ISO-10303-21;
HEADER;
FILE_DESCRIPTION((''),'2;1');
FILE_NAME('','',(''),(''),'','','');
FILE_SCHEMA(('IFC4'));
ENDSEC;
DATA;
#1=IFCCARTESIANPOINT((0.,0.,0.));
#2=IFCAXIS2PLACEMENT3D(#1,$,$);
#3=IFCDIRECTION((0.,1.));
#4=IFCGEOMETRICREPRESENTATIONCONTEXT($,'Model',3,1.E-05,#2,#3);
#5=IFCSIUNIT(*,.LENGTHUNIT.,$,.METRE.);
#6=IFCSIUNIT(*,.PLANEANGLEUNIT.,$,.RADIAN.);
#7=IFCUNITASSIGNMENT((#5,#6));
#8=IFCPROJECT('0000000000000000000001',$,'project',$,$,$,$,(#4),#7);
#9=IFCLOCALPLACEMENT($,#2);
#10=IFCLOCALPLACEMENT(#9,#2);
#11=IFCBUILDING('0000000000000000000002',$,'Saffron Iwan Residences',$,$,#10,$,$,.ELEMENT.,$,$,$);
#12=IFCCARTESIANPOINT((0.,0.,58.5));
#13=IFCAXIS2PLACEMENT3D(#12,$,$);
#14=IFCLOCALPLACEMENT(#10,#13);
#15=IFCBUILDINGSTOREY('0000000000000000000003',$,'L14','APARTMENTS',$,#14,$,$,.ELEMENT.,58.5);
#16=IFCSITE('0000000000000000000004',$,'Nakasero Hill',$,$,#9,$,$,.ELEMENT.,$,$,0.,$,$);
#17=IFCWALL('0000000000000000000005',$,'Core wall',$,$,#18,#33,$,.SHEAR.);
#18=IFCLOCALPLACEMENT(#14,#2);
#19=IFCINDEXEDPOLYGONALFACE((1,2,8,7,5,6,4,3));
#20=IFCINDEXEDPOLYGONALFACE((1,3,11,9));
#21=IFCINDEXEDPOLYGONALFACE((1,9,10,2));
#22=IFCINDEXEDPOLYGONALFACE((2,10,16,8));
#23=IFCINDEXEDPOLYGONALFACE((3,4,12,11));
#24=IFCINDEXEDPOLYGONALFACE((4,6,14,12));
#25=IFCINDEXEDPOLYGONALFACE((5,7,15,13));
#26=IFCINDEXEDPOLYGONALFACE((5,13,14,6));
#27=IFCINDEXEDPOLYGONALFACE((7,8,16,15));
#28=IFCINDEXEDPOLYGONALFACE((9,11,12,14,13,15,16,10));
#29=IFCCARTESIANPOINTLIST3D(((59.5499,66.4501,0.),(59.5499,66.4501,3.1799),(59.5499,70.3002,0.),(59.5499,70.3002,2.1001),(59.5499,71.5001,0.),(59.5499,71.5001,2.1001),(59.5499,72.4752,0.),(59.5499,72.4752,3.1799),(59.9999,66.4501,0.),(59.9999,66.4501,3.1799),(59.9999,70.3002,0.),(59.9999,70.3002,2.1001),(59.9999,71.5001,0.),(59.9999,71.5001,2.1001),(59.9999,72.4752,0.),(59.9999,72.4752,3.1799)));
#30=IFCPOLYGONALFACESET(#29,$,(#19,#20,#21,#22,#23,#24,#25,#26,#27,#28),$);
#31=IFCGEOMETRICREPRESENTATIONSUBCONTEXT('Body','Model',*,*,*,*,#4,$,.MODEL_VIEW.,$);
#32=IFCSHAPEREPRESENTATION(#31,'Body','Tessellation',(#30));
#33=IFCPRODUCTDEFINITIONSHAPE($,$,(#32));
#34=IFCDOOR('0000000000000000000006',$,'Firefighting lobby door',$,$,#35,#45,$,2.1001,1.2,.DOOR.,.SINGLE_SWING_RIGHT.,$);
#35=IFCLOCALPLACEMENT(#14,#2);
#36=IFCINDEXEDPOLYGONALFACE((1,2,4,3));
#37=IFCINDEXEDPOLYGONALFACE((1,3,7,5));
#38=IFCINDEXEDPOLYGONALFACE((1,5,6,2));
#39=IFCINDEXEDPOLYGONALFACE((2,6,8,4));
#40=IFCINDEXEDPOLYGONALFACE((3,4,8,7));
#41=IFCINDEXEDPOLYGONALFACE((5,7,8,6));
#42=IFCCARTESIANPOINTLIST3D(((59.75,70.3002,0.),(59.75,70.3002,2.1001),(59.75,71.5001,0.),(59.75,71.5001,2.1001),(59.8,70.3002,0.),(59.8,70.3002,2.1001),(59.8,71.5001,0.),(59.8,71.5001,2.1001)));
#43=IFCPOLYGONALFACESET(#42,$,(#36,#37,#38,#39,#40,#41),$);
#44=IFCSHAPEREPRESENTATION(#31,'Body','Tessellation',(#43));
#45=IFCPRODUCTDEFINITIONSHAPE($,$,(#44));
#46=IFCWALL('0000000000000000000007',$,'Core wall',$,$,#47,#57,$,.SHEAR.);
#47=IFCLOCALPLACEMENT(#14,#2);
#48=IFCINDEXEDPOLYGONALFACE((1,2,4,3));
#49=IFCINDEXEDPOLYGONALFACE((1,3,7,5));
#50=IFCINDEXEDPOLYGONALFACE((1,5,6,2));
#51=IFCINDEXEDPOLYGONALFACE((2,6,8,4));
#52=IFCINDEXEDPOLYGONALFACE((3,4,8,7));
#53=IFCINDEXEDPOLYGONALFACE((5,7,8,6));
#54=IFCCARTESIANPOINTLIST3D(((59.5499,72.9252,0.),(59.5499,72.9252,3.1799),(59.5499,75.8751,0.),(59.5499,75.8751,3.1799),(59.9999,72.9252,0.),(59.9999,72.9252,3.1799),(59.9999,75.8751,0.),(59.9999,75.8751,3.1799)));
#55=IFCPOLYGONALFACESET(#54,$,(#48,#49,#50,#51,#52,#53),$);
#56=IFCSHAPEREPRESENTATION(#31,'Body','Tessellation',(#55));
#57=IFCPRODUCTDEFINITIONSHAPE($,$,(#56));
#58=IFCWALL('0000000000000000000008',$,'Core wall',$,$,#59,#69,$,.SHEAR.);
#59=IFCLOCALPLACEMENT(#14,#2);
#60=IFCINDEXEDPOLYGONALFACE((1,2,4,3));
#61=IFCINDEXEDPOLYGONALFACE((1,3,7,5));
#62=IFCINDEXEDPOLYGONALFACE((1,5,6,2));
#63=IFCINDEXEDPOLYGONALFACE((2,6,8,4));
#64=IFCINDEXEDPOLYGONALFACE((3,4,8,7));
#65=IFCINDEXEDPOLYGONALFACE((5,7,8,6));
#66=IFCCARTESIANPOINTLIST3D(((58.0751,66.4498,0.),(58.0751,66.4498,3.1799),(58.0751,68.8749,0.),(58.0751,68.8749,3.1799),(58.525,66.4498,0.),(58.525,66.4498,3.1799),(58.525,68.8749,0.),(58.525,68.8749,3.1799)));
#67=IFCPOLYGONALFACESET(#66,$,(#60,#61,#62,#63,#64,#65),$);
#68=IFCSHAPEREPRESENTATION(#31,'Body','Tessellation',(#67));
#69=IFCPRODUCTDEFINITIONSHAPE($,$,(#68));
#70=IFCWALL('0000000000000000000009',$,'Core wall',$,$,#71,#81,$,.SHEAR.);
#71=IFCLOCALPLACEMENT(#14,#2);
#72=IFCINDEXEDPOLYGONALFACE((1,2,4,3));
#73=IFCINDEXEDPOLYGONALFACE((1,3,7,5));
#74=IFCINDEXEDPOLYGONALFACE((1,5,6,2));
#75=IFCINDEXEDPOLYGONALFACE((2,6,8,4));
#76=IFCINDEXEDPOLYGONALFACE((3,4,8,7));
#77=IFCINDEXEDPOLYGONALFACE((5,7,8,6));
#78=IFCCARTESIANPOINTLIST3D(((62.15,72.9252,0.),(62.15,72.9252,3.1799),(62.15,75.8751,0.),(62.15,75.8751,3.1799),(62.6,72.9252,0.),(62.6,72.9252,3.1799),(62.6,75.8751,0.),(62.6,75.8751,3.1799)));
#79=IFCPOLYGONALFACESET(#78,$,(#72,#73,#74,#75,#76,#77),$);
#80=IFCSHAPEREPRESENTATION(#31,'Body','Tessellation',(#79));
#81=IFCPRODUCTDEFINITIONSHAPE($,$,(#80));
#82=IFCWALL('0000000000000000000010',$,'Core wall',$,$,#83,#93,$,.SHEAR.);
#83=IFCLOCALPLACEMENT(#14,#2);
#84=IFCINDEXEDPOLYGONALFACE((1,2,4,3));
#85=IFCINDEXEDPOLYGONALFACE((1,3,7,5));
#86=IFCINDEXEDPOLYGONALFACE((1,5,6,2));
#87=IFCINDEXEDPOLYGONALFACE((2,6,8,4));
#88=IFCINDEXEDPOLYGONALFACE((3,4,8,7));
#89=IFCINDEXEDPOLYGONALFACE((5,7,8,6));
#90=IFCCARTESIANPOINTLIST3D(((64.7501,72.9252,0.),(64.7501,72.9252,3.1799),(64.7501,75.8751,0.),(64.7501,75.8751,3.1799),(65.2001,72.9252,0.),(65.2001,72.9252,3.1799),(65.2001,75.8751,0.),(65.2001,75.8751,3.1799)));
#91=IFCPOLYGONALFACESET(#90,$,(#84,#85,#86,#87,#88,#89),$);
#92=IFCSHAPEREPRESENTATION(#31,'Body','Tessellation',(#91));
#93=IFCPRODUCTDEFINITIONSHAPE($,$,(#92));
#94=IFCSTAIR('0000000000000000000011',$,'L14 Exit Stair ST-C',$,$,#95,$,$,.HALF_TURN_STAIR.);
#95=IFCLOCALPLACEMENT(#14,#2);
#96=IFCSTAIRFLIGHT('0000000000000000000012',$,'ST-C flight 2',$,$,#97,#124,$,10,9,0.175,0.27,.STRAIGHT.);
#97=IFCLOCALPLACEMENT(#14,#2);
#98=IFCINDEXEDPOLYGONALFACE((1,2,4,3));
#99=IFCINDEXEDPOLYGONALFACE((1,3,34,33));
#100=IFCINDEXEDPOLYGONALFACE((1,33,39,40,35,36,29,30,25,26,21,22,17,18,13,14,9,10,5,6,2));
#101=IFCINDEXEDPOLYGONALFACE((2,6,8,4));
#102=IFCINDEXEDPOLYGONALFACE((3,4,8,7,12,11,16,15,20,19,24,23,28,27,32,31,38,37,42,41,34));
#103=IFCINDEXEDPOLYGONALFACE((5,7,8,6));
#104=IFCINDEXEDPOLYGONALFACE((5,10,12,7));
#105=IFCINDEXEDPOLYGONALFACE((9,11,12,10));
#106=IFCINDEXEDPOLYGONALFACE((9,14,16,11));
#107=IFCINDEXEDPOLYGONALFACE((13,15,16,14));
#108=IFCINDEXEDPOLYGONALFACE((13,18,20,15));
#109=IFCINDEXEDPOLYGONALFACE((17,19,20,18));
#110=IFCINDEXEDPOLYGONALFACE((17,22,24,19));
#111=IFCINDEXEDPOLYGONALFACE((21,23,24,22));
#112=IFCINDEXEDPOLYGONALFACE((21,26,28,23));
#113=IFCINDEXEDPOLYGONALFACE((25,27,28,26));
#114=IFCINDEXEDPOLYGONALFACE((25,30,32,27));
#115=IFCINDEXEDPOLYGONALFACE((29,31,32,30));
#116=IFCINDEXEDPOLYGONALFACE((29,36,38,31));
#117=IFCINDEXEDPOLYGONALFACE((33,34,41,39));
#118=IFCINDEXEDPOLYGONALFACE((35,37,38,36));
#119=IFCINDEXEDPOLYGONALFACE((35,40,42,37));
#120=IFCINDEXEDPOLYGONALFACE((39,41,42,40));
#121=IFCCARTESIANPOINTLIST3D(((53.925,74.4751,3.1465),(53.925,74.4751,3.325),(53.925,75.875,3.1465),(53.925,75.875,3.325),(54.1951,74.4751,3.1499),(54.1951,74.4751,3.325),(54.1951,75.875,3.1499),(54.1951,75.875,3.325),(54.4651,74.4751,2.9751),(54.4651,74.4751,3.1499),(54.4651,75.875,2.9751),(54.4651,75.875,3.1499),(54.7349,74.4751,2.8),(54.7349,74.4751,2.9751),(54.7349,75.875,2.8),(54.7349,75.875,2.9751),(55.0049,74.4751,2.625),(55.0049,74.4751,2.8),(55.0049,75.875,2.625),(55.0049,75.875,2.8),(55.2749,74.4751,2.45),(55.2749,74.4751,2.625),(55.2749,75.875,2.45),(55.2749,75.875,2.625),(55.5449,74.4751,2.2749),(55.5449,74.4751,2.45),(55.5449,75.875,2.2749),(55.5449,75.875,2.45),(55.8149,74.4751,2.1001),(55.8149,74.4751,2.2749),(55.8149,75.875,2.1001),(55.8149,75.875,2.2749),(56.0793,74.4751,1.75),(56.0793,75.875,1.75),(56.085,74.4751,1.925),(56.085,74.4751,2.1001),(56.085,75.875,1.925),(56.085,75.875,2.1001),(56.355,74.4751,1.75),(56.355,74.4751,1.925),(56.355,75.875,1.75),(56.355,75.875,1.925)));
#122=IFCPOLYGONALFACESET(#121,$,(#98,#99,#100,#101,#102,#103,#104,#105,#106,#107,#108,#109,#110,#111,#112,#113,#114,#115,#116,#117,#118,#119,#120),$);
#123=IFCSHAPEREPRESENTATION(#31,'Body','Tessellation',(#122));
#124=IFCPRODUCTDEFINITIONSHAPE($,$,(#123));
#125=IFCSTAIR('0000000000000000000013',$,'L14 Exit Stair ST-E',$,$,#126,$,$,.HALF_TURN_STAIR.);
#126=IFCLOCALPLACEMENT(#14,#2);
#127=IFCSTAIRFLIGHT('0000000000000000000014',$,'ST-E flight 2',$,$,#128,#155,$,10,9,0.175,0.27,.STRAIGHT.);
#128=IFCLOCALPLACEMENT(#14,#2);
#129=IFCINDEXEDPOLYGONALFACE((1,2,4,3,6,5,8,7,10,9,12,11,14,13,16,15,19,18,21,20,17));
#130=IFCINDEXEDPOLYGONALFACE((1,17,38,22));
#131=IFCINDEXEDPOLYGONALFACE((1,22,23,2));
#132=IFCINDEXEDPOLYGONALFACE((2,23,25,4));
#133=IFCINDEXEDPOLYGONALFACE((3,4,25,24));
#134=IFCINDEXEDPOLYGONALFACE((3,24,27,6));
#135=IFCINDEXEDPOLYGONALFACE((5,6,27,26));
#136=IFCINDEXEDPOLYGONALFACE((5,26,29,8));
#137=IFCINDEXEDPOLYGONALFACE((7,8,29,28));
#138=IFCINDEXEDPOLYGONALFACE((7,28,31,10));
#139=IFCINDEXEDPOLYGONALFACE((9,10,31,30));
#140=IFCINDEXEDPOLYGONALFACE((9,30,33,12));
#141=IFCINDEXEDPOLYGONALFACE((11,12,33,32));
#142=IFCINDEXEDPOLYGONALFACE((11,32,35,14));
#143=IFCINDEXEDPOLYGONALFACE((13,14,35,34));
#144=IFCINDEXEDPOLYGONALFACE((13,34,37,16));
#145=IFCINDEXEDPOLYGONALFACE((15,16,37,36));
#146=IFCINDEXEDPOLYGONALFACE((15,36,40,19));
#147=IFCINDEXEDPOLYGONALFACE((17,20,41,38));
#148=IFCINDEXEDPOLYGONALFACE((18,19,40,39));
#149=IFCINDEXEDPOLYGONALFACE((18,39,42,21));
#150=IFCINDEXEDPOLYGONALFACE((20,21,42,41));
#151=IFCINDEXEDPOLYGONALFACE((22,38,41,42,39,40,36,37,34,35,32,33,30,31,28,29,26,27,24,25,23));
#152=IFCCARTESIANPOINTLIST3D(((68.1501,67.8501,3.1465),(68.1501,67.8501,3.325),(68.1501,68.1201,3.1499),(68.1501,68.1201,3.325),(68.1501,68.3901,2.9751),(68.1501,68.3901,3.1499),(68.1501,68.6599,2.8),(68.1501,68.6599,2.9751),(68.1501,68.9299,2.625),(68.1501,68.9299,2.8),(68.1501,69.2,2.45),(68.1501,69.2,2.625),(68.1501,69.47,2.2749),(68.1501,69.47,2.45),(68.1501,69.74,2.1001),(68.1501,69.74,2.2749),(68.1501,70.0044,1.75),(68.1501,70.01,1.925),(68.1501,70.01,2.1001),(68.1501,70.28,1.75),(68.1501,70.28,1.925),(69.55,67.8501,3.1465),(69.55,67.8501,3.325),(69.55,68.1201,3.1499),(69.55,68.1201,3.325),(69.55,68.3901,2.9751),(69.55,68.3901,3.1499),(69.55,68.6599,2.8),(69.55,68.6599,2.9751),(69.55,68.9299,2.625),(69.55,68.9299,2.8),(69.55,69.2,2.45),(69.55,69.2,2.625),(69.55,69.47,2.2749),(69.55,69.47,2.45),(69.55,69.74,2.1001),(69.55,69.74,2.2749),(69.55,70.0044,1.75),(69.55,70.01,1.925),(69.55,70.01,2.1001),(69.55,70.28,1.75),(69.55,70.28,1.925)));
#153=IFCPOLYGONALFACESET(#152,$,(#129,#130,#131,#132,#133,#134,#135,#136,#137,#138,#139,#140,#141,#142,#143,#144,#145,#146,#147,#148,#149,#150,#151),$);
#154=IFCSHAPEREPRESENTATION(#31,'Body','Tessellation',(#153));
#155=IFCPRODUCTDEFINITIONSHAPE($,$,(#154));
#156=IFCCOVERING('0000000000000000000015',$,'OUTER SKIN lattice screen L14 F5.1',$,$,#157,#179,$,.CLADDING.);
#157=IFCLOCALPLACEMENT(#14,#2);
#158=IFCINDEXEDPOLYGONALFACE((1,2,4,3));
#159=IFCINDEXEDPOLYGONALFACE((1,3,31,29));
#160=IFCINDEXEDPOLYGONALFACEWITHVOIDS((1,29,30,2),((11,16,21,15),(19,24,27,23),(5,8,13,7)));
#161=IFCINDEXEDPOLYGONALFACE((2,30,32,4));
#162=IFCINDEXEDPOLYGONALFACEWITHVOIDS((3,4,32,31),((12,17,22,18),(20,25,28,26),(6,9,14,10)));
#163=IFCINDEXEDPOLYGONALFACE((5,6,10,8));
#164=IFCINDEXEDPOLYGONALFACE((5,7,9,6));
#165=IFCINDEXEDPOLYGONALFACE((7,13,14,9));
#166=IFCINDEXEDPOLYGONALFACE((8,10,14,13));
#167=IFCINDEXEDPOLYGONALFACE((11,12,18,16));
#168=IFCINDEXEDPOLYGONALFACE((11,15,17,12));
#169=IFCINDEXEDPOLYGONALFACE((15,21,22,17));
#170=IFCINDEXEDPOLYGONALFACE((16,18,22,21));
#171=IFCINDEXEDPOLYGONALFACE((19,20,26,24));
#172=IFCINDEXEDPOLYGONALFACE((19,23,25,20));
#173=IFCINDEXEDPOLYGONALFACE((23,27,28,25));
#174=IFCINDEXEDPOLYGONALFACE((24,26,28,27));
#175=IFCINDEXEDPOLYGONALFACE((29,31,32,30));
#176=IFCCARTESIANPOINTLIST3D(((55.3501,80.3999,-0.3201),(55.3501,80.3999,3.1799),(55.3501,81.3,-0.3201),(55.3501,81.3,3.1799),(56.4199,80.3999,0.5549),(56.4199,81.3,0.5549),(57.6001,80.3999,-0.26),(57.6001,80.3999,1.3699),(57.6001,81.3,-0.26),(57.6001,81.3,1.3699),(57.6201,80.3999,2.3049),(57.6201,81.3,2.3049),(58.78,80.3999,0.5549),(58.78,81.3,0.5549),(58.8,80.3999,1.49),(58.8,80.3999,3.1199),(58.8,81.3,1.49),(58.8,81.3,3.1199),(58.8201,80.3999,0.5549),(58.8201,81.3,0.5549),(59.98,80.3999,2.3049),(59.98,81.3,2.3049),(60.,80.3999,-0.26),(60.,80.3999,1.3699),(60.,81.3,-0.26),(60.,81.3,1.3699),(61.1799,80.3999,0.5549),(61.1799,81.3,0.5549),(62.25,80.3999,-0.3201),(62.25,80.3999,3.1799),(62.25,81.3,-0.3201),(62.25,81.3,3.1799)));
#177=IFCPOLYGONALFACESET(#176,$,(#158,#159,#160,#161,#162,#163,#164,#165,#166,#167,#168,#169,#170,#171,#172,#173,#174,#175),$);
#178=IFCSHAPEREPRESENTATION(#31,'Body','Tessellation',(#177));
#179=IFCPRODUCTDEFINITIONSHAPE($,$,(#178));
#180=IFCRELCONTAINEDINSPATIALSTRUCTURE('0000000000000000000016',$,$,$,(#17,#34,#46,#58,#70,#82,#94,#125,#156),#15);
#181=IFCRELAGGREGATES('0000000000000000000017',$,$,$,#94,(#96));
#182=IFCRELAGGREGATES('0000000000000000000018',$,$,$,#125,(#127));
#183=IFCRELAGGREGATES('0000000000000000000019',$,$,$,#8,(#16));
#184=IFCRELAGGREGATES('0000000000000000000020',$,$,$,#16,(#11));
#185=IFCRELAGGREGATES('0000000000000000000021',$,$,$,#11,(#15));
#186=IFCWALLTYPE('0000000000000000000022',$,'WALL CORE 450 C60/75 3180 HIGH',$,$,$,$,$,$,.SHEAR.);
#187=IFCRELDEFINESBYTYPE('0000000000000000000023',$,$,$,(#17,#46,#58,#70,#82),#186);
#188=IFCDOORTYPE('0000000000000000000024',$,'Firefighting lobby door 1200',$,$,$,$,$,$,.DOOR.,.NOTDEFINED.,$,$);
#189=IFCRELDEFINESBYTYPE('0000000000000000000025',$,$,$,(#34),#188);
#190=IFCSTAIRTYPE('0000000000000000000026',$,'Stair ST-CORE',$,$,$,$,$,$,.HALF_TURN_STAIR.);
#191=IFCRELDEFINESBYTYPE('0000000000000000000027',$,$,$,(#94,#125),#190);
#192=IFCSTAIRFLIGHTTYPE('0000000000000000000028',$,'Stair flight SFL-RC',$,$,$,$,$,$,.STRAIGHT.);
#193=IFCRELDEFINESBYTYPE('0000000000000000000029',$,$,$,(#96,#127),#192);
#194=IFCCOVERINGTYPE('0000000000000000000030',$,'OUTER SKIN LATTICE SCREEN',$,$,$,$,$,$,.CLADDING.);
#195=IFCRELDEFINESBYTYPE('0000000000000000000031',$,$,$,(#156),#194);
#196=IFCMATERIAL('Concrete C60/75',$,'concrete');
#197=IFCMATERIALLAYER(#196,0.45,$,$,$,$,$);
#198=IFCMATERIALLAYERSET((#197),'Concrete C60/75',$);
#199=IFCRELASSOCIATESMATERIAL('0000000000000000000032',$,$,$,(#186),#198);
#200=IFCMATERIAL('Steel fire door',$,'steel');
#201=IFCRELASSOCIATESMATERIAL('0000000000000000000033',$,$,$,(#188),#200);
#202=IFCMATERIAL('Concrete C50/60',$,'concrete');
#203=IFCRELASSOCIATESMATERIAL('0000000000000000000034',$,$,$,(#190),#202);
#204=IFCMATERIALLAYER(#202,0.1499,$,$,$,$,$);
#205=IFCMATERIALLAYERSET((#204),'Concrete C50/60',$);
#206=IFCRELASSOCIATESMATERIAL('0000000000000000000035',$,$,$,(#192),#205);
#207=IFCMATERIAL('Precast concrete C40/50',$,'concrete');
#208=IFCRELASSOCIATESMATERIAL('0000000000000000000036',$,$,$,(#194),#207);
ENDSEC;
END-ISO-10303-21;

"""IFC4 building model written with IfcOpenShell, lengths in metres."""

from ifc_helpers import new_model, si_unit, direction, frame, frame_2d, origin, place, context, subcontext, project, spatial, polyline, rectangle, outline, extrude, material, layer, layer_set, type_object, element, fill, aggregate, save


model = new_model("IFC4")

# Units and contexts
model_context = context("Model", 3, precision=1e-05, world=origin(), true_north=direction((0.0, 1.0)))
body_context = subcontext(model_context, "Body", "Model", "MODEL_VIEW")
ifc_project = project(units=[si_unit("LENGTHUNIT", "METRE"), si_unit("PLANEANGLEUNIT", "RADIAN")], contexts=[model_context])

# Site, building, storey
site_placement = place(None, origin())
site = spatial("IfcSite", under=ifc_project, at=site_placement, Name="Nakasero Hill", CompositionType="ELEMENT", RefElevation=0.0)
building_placement = place(site_placement, origin())
building = spatial("IfcBuilding", under=site, at=building_placement, Name="Saffron Iwan Residences", CompositionType="ELEMENT")
storey_placement = place(building_placement, frame((0.0, 0.0, 58.5)))
storey = spatial("IfcBuildingStorey", under=building, at=storey_placement, Name="L14", Description="APARTMENTS", CompositionType="ELEMENT", Elevation=58.5)

# Shared definitions
ifc_material_1 = material(Name="Concrete C60/75", Category="concrete")

# Shared definitions
ifc_layer_1 = layer(ifc_material_1, 0.45)
ifc_layer_set_1 = layer_set([ifc_layer_1], Name="Concrete C60/75")
wall_type_1 = type_object("IfcWallType", Name="WALL CORE 450 C60/75 3180 HIGH", PredefinedType="SHEAR", material=ifc_layer_set_1)

# Wall, opening, door
ifc_material_2 = material(Name="Steel fire door", Category="steel")
wall_1_placement = place(storey_placement, frame((59.7749, 66.45, 0.0), z_axis=(0.0, 0.0, 1.0), x_axis=(0.0, 1.0, 0.0)))
wall_1 = element("IfcWall", 1, at=wall_1_placement, inside=storey, type_object=wall_type_1, Name="Core wall", PredefinedType="SHEAR", context=body_context, shape_type="SweptSolid", body=[
    extrude(rectangle(XDim=6.0251, YDim=0.45, at=frame_2d((3.0127, 0.0))), origin(), (0.0, 0.0, 1.0), 3.1799),
])
opening_1_placement = place(wall_1_placement, frame((3.8501, 0.0, 0.0)))
opening_1 = element("IfcOpeningElement", 2, at=opening_1_placement, cuts=wall_1, PredefinedType="OPENING", context=body_context, shape_type="SweptSolid", body=[
    extrude(rectangle(XDim=1.2, YDim=2.1001, at=frame_2d((0.6001, 1.05))), frame((0.0, 0.2349, 0.0), z_axis=(0.0, -1.0, 0.0), x_axis=(1.0, 0.0, 0.0)), (0.0, 0.0, 1.0), 0.47),
])
door_type_1 = type_object("IfcDoorType", Name="Firefighting lobby door 1200", OperationType="NOTDEFINED", PredefinedType="DOOR", material=ifc_material_2)
door_1_placement = place(opening_1_placement, origin())
door_1 = element("IfcDoor", 3, at=door_1_placement, inside=storey, type_object=door_type_1, Name="Firefighting lobby door", OperationType="SINGLE_SWING_RIGHT", OverallHeight=2.1001, OverallWidth=1.2, PredefinedType="DOOR", context=body_context, shape_type="SweptSolid", body=[
    extrude(rectangle(XDim=1.2, YDim=2.1001, at=frame_2d((0.6001, 1.05))), frame((0.0, 0.0249, 0.0), z_axis=(0.0, -1.0, 0.0), x_axis=(1.0, 0.0, 0.0)), (0.0, 0.0, 1.0), 0.05),
])
fill(opening_1, door_1)

# Walls
wall_2_placement = place(storey_placement, frame((59.7749, 72.925, 0.0), z_axis=(0.0, 0.0, 1.0), x_axis=(0.0, 1.0, 0.0)))
element("IfcWall", 4, at=wall_2_placement, inside=storey, type_object=wall_type_1, Name="Core wall", PredefinedType="SHEAR", context=body_context, shape_type="SweptSolid", body=[
    extrude(rectangle(XDim=2.95, YDim=0.45, at=frame_2d((1.4751, 0.0))), origin(), (0.0, 0.0, 1.0), 3.1799),
])
wall_3_placement = place(storey_placement, frame((58.3, 66.45, 0.0), z_axis=(0.0, 0.0, 1.0), x_axis=(0.0, 1.0, 0.0)))
element("IfcWall", 5, at=wall_3_placement, inside=storey, type_object=wall_type_1, Name="Core wall", PredefinedType="SHEAR", context=body_context, shape_type="SweptSolid", body=[
    extrude(rectangle(XDim=2.425, YDim=0.45, at=frame_2d((1.2124, 0.0))), origin(), (0.0, 0.0, 1.0), 3.1799),
])
for number, where, z_axis, x_axis, name in (
    (6, (62.375, 72.925, 0.0), (0.0, 0.0, 1.0), (0.0, 1.0, 0.0), "Core wall"),
    (7, (64.9751, 72.925, 0.0), (0.0, 0.0, 1.0), (0.0, 1.0, 0.0), "Core wall"),
):
    element("IfcWall", number, at=place(storey_placement, frame(where, z_axis=z_axis, x_axis=x_axis)), inside=storey, type_object=wall_type_1, Name=name, PredefinedType="SHEAR", context=body_context, shape_type="SweptSolid", body=[
        extrude(rectangle(XDim=2.95, YDim=0.45, at=frame_2d((1.4751, 0.0))), origin(), (0.0, 0.0, 1.0), 3.1799),
    ])

# Stairs, stair flights
ifc_material_3 = material(Name="Concrete C50/60", Category="concrete")
stair_type = type_object("IfcStairType", Name="Stair ST-CORE", PredefinedType="HALF_TURN_STAIR", material=ifc_material_3)
stair_1_placement = place(storey_placement, origin())
stair_1 = element("IfcStair", 8, at=stair_1_placement, inside=storey, type_object=stair_type, Name="L14 Exit Stair ST-C", PredefinedType="HALF_TURN_STAIR")
ifc_layer_2 = layer(ifc_material_3, 0.1499)
ifc_layer_set_2 = layer_set([ifc_layer_2], Name="Concrete C50/60")
stair_flight_type = type_object("IfcStairFlightType", Name="Stair flight SFL-RC", PredefinedType="STRAIGHT", material=ifc_layer_set_2)
stair_flight_1_placement = place(storey_placement, frame((56.355, 75.175, 1.75), z_axis=(0.0, 0.0, 1.0), x_axis=(-1.0, 0.0, 0.0)))
stair_flight_1 = element("IfcStairFlight", 9, at=stair_flight_1_placement, type_object=stair_flight_type, Name="ST-C flight 2", NumberOfRisers=10, NumberOfTreads=9, PredefinedType="STRAIGHT", RiserHeight=0.175, TreadLength=0.27, context=body_context, shape_type="SweptSolid", body=[
    extrude(outline(polyline([(0.0, 0.0), (0.0, 0.175), (0.27, 0.175), (0.27, 0.3501), (0.54, 0.3501), (0.54, 0.5249), (0.8101, 0.5249), (0.8101, 0.7), (1.0801, 0.7), (1.0801, 0.875), (1.3501, 0.875), (1.3501, 1.05), (1.6201, 1.05), (1.6201, 1.2251), (1.8899, 1.2251), (1.8899, 1.3999), (2.1599, 1.3999), (2.1599, 1.575), (2.4299, 1.575), (2.4299, 1.75), (2.4299, 1.3965), (0.2756, 0.0), (0.0, 0.0)])), frame((0.0, 0.7, 0.0), z_axis=(0.0, -1.0, 0.0), x_axis=(1.0, 0.0, 0.0)), (0.0, 0.0, 1.0), 1.3999),
])
aggregate(stair_1, [stair_flight_1])
stair_2_placement = place(storey_placement, origin())
stair_2 = element("IfcStair", 10, at=stair_2_placement, inside=storey, type_object=stair_type, Name="L14 Exit Stair ST-E", PredefinedType="HALF_TURN_STAIR")
stair_flight_2_placement = place(storey_placement, frame((68.8501, 70.28, 1.75), z_axis=(0.0, 0.0, 1.0), x_axis=(0.0, -1.0, 0.0)))
stair_flight_2 = element("IfcStairFlight", 11, at=stair_flight_2_placement, type_object=stair_flight_type, Name="ST-E flight 2", NumberOfRisers=10, NumberOfTreads=9, PredefinedType="STRAIGHT", RiserHeight=0.175, TreadLength=0.27, context=body_context, shape_type="SweptSolid", body=[
    extrude(outline(polyline([(0.0, 0.0), (0.0, 0.175), (0.27, 0.175), (0.27, 0.3501), (0.54, 0.3501), (0.54, 0.5249), (0.8101, 0.5249), (0.8101, 0.7), (1.0801, 0.7), (1.0801, 0.875), (1.3501, 0.875), (1.3501, 1.05), (1.6201, 1.05), (1.6201, 1.2251), (1.8899, 1.2251), (1.8899, 1.3999), (2.1599, 1.3999), (2.1599, 1.575), (2.4299, 1.575), (2.4299, 1.75), (2.4299, 1.3965), (0.2756, 0.0), (0.0, 0.0)])), frame((0.0, 0.7, 0.0), z_axis=(0.0, -1.0, 0.0), x_axis=(1.0, 0.0, 0.0)), (0.0, 0.0, 1.0), 1.3999),
])
aggregate(stair_2, [stair_flight_2])

# Covering
ifc_material_4 = material(Name="Precast concrete C40/50", Category="concrete")
covering_type_1 = type_object("IfcCoveringType", Name="OUTER SKIN LATTICE SCREEN", PredefinedType="CLADDING", material=ifc_material_4)
covering_placement = place(storey_placement, frame((62.25, 80.3999, -0.3201), z_axis=(0.0, 1.0, 0.0), x_axis=(-1.0, 0.0, 0.0)))
element("IfcCovering", 12, at=covering_placement, inside=storey, type_object=covering_type_1, Name="OUTER SKIN lattice screen L14 F5.1", PredefinedType="CLADDING", context=body_context, shape_type="SweptSolid", body=[
    extrude(outline(polyline([(0.0, 0.0), (6.8999, 0.0), (6.8999, 3.5), (0.0, 3.5), (0.0, 0.0)]), holes=[polyline([(1.0701, 0.875), (2.25, 0.0601), (3.4299, 0.875), (2.25, 1.6899), (1.0701, 0.875)]), polyline([(3.47, 0.875), (4.6499, 0.0601), (5.8301, 0.875), (4.6499, 1.6899), (3.47, 0.875)]), polyline([(2.27, 2.625), (3.45, 1.8101), (4.6299, 2.625), (3.45, 3.4399), (2.27, 2.625)])]), origin(), (0.0, 0.0, 1.0), 0.9001),
])

save(model, "model.ifc")
